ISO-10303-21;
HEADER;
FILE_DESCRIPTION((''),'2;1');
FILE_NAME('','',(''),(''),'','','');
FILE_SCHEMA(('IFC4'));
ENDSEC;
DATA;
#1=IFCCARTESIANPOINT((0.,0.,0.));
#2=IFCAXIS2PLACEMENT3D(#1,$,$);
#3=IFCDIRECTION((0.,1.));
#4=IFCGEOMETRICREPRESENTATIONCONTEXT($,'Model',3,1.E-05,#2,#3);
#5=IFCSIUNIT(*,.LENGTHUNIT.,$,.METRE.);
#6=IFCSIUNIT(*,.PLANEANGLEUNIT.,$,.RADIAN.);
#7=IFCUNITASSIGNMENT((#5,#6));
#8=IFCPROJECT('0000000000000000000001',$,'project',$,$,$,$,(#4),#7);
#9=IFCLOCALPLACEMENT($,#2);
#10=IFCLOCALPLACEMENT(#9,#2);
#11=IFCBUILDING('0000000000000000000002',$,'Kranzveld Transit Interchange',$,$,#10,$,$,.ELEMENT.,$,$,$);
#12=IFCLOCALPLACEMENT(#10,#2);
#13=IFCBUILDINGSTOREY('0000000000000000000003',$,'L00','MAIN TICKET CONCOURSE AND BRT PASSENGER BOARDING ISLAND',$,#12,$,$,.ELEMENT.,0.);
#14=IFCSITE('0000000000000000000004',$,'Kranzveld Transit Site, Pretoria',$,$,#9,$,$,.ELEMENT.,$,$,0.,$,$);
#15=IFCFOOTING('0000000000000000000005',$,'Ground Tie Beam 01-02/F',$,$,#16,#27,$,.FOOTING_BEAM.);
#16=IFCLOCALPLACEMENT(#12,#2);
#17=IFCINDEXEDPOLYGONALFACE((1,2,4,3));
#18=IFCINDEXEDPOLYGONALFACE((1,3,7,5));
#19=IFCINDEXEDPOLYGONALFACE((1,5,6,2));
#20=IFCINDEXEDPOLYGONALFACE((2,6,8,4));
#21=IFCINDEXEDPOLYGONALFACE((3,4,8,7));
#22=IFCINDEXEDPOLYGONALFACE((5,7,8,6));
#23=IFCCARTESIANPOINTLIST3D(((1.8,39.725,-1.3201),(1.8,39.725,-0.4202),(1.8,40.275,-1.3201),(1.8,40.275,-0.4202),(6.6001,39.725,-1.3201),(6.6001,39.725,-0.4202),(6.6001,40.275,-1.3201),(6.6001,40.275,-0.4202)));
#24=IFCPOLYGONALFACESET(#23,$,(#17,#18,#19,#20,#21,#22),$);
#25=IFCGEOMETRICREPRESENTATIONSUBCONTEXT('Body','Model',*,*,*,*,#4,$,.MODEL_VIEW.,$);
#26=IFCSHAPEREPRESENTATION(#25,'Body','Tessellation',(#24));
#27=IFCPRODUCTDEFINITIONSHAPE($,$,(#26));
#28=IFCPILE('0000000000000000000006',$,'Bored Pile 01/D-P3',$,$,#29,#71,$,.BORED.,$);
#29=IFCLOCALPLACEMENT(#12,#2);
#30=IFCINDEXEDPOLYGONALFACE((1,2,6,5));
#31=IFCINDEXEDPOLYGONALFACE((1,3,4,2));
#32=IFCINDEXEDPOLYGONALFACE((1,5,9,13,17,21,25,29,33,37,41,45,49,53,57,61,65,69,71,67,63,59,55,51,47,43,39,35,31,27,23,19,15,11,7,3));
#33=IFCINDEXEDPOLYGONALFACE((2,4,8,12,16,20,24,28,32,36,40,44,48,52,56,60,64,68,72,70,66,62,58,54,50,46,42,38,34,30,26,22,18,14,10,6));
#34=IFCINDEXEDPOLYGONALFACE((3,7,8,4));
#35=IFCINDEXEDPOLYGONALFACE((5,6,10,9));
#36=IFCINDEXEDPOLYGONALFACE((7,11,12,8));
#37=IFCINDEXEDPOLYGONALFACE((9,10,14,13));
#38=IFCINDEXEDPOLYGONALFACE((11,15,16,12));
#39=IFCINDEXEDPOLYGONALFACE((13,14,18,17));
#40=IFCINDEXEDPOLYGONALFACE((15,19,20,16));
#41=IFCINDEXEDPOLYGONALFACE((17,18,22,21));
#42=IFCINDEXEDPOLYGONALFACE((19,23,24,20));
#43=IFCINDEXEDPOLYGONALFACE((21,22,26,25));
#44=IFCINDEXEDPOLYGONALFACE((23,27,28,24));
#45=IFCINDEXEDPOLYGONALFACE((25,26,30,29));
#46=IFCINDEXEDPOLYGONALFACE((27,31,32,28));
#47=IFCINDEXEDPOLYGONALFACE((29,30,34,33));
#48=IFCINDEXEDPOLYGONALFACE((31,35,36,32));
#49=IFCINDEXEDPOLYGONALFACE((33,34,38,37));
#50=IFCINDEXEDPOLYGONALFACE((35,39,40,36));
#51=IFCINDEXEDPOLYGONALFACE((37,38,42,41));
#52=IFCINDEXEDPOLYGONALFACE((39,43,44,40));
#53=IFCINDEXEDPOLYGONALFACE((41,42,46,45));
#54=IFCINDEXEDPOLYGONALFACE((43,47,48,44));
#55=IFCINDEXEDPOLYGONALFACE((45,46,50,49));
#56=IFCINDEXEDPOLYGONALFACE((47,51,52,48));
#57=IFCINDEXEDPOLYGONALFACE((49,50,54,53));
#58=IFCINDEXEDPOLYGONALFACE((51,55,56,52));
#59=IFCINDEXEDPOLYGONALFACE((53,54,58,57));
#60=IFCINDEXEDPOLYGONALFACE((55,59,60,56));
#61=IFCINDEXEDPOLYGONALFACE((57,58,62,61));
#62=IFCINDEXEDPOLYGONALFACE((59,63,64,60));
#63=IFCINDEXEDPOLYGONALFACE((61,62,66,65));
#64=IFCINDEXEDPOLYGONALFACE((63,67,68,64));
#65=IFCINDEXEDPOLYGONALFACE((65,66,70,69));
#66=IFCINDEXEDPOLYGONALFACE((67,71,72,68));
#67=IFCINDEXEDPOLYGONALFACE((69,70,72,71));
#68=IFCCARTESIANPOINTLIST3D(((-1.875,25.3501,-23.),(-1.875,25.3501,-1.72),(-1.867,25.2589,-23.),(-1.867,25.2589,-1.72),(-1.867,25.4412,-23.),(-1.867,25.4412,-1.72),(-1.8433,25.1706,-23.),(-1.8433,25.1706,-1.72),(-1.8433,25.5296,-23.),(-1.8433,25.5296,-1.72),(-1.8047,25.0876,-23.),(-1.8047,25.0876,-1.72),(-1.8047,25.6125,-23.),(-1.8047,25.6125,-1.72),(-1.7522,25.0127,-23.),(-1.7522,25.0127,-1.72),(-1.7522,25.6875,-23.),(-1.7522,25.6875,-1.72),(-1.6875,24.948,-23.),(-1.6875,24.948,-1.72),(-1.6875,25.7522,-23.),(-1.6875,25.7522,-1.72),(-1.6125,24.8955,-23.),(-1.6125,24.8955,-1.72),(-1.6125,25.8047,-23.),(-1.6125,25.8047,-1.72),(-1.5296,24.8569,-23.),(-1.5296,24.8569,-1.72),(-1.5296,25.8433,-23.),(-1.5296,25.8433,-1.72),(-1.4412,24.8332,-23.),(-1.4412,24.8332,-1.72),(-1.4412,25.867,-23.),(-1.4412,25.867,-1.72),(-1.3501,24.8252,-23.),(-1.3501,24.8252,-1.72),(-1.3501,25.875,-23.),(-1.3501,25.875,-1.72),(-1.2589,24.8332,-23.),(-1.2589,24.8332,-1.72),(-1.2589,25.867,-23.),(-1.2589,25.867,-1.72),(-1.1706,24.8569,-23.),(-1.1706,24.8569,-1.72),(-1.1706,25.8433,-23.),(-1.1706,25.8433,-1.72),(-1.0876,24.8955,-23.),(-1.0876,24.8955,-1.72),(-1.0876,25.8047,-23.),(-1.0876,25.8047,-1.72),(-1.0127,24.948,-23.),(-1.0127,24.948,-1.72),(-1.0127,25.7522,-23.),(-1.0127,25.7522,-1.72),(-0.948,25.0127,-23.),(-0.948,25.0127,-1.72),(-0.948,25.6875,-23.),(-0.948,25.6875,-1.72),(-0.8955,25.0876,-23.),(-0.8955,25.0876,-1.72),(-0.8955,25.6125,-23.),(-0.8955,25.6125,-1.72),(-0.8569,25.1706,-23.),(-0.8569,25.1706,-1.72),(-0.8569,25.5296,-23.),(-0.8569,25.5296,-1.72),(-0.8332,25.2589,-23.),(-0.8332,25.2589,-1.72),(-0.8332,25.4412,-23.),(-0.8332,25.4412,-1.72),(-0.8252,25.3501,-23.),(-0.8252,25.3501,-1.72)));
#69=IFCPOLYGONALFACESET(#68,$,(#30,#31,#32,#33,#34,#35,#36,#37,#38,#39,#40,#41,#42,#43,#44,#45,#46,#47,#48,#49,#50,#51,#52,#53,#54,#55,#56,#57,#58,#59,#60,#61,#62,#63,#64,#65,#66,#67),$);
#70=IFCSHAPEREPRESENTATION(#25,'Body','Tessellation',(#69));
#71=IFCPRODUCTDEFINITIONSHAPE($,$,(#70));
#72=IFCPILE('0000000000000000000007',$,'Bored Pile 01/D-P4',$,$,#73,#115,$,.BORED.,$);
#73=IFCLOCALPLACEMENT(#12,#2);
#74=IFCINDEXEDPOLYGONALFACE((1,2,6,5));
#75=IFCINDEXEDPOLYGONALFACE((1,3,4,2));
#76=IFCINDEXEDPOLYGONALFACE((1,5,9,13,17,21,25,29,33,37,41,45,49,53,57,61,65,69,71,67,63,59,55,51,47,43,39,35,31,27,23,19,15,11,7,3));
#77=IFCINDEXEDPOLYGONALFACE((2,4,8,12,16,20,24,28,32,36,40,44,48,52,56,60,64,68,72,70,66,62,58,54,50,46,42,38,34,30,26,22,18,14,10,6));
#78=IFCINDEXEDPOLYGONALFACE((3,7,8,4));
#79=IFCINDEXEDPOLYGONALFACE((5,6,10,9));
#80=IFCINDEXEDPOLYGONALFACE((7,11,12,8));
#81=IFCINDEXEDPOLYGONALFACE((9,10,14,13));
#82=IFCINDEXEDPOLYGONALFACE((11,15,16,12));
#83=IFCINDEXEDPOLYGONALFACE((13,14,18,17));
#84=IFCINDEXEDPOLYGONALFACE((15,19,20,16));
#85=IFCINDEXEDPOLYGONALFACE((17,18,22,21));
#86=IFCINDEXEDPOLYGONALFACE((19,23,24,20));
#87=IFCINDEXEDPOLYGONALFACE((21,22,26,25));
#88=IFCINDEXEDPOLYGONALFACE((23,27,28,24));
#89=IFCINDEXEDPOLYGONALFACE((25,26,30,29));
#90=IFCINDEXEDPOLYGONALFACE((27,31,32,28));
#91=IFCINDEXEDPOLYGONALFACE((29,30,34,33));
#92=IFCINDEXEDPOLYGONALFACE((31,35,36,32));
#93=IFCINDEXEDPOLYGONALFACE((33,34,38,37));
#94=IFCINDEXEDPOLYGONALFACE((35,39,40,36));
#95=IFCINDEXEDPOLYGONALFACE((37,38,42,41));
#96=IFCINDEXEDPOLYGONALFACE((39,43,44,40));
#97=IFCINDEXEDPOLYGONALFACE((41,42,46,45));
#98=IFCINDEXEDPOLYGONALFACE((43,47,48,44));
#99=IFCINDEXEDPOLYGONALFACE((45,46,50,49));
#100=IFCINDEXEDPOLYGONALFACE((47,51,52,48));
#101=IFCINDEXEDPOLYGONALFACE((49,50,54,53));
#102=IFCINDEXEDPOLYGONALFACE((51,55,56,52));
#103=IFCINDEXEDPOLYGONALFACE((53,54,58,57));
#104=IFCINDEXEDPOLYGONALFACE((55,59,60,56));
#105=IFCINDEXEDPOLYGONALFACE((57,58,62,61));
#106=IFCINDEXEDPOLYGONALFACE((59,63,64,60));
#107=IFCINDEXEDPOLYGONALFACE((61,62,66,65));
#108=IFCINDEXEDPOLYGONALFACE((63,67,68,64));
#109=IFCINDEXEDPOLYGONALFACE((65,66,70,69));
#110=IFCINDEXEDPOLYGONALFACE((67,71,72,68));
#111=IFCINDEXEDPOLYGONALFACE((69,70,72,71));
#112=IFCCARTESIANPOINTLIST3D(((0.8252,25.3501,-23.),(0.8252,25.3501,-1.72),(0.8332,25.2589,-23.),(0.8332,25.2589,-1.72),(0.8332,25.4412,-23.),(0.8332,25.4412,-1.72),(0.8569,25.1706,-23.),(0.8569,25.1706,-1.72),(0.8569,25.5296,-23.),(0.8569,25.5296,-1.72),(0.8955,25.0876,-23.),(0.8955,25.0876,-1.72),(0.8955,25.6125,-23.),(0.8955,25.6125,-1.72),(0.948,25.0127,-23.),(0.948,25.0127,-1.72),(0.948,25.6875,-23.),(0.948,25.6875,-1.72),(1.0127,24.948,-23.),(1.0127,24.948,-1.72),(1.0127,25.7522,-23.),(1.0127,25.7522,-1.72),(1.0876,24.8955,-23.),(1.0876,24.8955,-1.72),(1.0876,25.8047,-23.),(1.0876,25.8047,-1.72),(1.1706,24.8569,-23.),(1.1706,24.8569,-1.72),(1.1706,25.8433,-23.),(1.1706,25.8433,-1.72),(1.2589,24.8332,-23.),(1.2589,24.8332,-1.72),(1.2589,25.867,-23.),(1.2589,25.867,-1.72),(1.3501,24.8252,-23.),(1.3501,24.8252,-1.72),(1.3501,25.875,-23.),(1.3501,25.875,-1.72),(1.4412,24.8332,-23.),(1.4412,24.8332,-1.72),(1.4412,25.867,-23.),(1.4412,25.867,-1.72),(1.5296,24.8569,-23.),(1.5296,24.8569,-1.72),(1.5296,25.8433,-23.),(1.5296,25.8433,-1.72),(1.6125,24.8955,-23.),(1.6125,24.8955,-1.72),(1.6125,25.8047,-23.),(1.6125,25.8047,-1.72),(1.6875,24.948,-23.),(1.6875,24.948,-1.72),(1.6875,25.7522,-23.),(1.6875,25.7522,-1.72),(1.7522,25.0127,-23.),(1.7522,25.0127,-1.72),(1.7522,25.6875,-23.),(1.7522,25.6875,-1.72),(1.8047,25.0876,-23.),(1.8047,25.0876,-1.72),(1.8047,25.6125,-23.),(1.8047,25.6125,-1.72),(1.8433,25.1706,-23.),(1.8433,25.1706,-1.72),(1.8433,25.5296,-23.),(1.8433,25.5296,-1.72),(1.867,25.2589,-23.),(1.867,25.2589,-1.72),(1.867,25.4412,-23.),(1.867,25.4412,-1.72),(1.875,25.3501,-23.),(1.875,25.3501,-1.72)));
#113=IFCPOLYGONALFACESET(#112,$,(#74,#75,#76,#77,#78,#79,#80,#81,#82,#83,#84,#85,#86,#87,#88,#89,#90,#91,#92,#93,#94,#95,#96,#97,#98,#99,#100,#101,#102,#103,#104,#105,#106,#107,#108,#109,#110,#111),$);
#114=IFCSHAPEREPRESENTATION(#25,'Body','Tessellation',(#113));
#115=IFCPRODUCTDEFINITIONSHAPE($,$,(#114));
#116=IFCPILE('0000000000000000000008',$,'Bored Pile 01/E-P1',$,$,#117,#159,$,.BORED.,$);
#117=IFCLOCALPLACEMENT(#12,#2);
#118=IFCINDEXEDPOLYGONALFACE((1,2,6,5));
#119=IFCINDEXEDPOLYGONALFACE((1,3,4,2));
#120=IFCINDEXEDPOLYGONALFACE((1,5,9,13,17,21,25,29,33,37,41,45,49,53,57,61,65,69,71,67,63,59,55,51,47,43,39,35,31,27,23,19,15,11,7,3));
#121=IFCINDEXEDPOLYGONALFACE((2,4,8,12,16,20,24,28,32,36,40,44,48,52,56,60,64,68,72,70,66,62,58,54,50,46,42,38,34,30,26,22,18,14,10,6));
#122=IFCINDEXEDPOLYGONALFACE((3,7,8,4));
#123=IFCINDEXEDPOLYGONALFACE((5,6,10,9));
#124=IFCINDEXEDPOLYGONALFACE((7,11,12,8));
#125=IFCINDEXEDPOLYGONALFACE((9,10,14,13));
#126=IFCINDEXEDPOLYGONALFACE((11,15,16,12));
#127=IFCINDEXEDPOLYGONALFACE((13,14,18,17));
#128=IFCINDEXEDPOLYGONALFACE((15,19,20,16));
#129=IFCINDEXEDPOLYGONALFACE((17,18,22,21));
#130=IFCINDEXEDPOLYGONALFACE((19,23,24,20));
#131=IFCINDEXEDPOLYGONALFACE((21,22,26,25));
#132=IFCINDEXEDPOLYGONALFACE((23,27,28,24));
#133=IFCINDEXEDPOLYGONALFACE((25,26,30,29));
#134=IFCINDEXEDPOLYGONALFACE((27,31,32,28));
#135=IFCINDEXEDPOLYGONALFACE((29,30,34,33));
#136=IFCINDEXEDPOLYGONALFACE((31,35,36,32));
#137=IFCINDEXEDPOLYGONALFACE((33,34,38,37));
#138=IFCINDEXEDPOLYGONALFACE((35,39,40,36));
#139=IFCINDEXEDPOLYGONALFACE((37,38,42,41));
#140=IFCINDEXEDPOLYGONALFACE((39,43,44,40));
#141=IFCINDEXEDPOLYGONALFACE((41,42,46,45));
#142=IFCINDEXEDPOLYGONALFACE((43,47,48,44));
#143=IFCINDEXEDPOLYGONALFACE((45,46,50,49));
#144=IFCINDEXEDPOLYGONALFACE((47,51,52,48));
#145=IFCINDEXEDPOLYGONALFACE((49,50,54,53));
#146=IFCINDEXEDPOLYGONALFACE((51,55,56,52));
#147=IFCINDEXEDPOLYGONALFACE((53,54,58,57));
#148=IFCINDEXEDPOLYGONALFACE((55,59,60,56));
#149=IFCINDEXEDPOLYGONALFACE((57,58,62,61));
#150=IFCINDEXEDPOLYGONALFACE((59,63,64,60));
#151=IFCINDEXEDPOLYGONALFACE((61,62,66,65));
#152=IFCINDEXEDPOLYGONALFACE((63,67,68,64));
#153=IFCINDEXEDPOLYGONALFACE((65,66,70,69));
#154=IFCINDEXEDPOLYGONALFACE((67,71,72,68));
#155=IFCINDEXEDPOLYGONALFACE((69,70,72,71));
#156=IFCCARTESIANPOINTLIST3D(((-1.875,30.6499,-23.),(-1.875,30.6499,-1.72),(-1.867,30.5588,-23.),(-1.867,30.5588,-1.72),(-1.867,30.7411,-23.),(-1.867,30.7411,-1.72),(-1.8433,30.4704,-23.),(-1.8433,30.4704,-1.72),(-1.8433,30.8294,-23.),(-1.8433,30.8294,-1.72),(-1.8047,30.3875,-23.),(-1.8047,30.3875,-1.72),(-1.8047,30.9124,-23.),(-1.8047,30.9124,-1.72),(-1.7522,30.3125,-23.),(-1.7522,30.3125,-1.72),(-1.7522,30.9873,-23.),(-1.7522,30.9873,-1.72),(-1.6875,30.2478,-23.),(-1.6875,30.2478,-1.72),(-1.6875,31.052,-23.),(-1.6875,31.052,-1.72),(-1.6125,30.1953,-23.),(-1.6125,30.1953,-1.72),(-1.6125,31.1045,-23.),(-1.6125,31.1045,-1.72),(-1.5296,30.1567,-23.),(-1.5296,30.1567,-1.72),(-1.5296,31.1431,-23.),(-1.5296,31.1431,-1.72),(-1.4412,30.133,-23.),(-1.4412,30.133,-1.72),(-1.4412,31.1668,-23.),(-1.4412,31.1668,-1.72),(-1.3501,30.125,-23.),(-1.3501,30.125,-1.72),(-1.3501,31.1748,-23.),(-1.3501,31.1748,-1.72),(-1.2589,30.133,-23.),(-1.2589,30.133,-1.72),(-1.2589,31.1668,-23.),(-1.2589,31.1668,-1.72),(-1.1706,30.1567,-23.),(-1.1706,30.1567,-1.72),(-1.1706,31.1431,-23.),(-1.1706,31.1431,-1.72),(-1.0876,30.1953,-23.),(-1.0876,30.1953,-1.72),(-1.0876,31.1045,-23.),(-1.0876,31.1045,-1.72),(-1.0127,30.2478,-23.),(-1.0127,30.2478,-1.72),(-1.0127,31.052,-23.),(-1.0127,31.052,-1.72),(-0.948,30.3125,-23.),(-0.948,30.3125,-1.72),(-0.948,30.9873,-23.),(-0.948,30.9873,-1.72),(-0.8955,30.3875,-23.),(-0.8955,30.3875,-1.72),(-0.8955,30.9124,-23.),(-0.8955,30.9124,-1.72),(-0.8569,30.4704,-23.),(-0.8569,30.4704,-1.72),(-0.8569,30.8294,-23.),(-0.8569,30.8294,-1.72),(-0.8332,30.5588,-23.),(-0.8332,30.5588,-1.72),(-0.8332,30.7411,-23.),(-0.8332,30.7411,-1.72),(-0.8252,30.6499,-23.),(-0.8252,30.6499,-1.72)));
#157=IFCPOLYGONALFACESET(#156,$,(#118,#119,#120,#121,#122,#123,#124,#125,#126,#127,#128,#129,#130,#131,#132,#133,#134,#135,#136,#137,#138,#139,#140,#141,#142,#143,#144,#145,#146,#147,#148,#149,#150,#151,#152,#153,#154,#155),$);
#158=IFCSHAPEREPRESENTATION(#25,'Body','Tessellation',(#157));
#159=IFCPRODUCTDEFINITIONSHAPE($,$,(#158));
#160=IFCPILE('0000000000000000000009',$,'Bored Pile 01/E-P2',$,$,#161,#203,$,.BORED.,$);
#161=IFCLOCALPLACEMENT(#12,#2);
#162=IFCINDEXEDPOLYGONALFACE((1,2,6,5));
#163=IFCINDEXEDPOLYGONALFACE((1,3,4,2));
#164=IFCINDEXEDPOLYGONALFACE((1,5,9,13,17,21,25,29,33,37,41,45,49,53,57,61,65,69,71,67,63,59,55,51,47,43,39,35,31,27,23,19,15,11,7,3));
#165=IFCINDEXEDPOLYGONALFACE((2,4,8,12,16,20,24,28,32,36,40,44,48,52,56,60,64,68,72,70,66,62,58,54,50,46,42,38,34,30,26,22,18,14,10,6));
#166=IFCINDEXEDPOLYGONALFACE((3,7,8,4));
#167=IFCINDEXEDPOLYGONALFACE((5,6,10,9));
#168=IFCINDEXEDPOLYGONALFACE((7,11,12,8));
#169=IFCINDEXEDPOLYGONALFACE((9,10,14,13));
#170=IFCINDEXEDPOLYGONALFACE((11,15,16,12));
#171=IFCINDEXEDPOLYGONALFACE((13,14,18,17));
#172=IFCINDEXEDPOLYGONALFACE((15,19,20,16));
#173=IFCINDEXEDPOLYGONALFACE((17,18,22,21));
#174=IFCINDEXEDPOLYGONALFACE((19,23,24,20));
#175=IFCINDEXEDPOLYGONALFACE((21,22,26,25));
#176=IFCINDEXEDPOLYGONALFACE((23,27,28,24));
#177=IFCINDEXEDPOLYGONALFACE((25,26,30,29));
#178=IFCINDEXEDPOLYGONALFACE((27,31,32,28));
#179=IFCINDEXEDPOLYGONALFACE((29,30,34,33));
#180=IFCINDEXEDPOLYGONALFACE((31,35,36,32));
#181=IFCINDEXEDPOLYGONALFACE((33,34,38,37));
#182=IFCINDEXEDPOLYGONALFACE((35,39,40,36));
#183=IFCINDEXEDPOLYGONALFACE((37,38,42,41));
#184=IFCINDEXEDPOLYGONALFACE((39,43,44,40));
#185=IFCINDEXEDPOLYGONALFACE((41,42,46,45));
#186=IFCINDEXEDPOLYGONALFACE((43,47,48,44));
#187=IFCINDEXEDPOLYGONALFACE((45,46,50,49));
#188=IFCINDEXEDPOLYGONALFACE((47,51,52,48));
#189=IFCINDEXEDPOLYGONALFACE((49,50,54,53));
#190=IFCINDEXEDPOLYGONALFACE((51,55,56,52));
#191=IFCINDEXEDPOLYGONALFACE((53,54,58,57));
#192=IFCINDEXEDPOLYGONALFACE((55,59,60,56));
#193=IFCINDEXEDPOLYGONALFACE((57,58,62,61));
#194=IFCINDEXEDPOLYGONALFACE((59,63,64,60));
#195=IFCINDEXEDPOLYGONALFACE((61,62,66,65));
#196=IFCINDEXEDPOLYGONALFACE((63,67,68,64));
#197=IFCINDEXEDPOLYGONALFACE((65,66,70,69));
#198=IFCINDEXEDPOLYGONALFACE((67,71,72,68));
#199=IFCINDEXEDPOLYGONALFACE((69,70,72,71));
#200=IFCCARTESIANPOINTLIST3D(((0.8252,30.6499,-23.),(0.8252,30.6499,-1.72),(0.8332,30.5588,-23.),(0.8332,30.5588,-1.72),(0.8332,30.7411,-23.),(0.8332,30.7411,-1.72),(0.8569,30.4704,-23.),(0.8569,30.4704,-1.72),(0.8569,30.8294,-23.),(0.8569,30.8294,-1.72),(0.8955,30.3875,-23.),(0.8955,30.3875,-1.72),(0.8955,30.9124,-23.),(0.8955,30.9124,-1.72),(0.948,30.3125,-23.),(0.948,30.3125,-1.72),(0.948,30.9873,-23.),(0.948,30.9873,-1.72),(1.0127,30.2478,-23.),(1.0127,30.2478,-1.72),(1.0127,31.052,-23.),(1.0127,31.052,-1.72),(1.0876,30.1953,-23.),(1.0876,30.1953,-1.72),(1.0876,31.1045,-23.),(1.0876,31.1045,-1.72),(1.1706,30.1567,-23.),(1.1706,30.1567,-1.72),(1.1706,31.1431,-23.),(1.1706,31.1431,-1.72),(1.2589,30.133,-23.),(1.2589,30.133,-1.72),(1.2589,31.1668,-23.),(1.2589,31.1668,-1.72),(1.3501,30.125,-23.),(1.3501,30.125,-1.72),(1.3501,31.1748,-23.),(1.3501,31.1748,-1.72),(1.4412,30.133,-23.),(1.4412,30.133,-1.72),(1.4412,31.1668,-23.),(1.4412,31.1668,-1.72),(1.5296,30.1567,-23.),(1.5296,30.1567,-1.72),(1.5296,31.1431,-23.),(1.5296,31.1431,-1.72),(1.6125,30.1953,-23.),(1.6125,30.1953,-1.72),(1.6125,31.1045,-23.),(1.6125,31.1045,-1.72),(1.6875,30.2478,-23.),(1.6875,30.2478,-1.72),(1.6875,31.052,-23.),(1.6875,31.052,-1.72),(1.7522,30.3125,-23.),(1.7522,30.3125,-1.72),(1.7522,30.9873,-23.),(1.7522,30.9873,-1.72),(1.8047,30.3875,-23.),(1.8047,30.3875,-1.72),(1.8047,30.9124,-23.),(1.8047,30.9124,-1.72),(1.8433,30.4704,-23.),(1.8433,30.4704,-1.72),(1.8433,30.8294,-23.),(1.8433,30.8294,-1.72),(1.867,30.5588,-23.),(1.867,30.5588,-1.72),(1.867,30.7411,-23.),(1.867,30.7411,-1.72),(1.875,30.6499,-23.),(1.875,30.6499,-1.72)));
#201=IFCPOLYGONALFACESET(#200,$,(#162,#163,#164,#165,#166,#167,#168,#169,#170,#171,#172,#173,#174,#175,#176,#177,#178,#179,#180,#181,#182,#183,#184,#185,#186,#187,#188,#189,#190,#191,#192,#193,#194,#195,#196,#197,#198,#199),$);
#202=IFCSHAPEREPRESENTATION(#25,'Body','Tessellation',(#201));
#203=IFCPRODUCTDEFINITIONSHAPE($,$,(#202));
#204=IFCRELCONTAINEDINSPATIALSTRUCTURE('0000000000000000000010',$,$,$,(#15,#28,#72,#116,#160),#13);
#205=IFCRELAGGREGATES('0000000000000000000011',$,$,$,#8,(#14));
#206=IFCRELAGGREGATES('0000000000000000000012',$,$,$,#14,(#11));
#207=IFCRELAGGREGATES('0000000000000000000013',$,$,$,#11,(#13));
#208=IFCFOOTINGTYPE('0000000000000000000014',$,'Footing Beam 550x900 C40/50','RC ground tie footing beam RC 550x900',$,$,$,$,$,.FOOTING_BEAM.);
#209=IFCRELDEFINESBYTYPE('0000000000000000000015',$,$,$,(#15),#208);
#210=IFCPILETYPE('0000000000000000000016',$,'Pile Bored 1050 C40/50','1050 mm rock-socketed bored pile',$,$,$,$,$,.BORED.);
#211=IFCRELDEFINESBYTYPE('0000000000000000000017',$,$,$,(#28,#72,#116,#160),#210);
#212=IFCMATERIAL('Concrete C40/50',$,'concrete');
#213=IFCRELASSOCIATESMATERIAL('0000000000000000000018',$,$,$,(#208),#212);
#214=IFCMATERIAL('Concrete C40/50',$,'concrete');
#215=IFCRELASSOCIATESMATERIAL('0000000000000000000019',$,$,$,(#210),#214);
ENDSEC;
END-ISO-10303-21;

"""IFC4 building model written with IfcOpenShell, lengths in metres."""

from ifc_helpers import new_model, si_unit, direction, frame, origin, origin_2d, place, context, subcontext, project, spatial, rectangle, circle, extrude, material, material_profile, profile_set, type_object, element, save


model = new_model("IFC4")

# Units and contexts
model_context = context("Model", 3, precision=1e-05, world=origin(), true_north=direction((0.0, 1.0)))
body_context = subcontext(model_context, "Body", "Model", "MODEL_VIEW")
ifc_project = project(units=[si_unit("LENGTHUNIT", "METRE"), si_unit("PLANEANGLEUNIT", "RADIAN")], contexts=[model_context])

# Site, building, storey
site_placement = place(None, origin())
site = spatial("IfcSite", under=ifc_project, at=site_placement, Name="Kranzveld Transit Site, Pretoria", CompositionType="ELEMENT", RefElevation=0.0)
building_placement = place(site_placement, origin())
building = spatial("IfcBuilding", under=site, at=building_placement, Name="Kranzveld Transit Interchange", CompositionType="ELEMENT")
storey_placement = place(building_placement, origin())
storey = spatial("IfcBuildingStorey", under=building, at=storey_placement, Name="L00", Description="MAIN TICKET CONCOURSE AND BRT PASSENGER BOARDING ISLAND", CompositionType="ELEMENT", Elevation=0.0)

# Footing
ifc_material_1 = material(Name="Concrete C40/50", Category="concrete")
ifc_material_profile_1 = material_profile(ifc_material_1, rectangle(XDim=0.55, YDim=0.8999, at=origin_2d()), Name="RC 550x900")
ifc_profile_set_1 = profile_set([ifc_material_profile_1], Name="Concrete C40/50")
footing_type_1 = type_object("IfcFootingType", Name="Footing Beam 550x900 C40/50", Description="RC ground tie footing beam RC 550x900", PredefinedType="FOOTING_BEAM", material=ifc_profile_set_1)
footing_1_placement = place(storey_placement, frame((1.8, 40.0, -0.8701), z_axis=(1.0, 0.0, 0.0), x_axis=(0.0, 1.0, 0.0)))
element("IfcFooting", 1, at=footing_1_placement, inside=storey, type_object=footing_type_1, Name="Ground Tie Beam 01-02/F", PredefinedType="FOOTING_BEAM", context=body_context, shape_type="SweptSolid", body=[
    extrude(rectangle(XDim=0.55, YDim=0.8999, at=origin_2d()), origin(), (0.0, 0.0, 1.0), 4.8),
])

# Piles
ifc_material_2 = material(Name="Concrete C40/50", Category="concrete")
ifc_material_profile_2 = material_profile(ifc_material_2, circle(Radius=0.5249, at=origin_2d()), Name="BORED PILE 1050")
ifc_profile_set_2 = profile_set([ifc_material_profile_2], Name="Concrete C40/50")
pile_type_1 = type_object("IfcPileType", Name="Pile Bored 1050 C40/50", Description="1050 mm rock-socketed bored pile", PredefinedType="BORED", material=ifc_profile_set_2)
for number, where, z_axis, x_axis, name in (
    (2, (-1.3501, 25.3501, -1.72), (0.0, 0.0, -1.0), (1.0, 0.0, 0.0), "Bored Pile 01/D-P3"),
    (3, (1.3501, 25.3501, -1.72), (0.0, 0.0, -1.0), (1.0, 0.0, 0.0), "Bored Pile 01/D-P4"),
    (4, (-1.3501, 30.6499, -1.72), (0.0, 0.0, -1.0), (1.0, 0.0, 0.0), "Bored Pile 01/E-P1"),
    (5, (1.3501, 30.6499, -1.72), (0.0, 0.0, -1.0), (1.0, 0.0, 0.0), "Bored Pile 01/E-P2"),
):
    element("IfcPile", number, at=place(storey_placement, frame(where, z_axis=z_axis, x_axis=x_axis)), inside=storey, type_object=pile_type_1, Name=name, PredefinedType="BORED", context=body_context, shape_type="SweptSolid", body=[
        extrude(circle(Radius=0.5249, at=origin_2d()), origin(), (0.0, 0.0, 1.0), 21.28),
    ])

save(model, "model.ifc")
